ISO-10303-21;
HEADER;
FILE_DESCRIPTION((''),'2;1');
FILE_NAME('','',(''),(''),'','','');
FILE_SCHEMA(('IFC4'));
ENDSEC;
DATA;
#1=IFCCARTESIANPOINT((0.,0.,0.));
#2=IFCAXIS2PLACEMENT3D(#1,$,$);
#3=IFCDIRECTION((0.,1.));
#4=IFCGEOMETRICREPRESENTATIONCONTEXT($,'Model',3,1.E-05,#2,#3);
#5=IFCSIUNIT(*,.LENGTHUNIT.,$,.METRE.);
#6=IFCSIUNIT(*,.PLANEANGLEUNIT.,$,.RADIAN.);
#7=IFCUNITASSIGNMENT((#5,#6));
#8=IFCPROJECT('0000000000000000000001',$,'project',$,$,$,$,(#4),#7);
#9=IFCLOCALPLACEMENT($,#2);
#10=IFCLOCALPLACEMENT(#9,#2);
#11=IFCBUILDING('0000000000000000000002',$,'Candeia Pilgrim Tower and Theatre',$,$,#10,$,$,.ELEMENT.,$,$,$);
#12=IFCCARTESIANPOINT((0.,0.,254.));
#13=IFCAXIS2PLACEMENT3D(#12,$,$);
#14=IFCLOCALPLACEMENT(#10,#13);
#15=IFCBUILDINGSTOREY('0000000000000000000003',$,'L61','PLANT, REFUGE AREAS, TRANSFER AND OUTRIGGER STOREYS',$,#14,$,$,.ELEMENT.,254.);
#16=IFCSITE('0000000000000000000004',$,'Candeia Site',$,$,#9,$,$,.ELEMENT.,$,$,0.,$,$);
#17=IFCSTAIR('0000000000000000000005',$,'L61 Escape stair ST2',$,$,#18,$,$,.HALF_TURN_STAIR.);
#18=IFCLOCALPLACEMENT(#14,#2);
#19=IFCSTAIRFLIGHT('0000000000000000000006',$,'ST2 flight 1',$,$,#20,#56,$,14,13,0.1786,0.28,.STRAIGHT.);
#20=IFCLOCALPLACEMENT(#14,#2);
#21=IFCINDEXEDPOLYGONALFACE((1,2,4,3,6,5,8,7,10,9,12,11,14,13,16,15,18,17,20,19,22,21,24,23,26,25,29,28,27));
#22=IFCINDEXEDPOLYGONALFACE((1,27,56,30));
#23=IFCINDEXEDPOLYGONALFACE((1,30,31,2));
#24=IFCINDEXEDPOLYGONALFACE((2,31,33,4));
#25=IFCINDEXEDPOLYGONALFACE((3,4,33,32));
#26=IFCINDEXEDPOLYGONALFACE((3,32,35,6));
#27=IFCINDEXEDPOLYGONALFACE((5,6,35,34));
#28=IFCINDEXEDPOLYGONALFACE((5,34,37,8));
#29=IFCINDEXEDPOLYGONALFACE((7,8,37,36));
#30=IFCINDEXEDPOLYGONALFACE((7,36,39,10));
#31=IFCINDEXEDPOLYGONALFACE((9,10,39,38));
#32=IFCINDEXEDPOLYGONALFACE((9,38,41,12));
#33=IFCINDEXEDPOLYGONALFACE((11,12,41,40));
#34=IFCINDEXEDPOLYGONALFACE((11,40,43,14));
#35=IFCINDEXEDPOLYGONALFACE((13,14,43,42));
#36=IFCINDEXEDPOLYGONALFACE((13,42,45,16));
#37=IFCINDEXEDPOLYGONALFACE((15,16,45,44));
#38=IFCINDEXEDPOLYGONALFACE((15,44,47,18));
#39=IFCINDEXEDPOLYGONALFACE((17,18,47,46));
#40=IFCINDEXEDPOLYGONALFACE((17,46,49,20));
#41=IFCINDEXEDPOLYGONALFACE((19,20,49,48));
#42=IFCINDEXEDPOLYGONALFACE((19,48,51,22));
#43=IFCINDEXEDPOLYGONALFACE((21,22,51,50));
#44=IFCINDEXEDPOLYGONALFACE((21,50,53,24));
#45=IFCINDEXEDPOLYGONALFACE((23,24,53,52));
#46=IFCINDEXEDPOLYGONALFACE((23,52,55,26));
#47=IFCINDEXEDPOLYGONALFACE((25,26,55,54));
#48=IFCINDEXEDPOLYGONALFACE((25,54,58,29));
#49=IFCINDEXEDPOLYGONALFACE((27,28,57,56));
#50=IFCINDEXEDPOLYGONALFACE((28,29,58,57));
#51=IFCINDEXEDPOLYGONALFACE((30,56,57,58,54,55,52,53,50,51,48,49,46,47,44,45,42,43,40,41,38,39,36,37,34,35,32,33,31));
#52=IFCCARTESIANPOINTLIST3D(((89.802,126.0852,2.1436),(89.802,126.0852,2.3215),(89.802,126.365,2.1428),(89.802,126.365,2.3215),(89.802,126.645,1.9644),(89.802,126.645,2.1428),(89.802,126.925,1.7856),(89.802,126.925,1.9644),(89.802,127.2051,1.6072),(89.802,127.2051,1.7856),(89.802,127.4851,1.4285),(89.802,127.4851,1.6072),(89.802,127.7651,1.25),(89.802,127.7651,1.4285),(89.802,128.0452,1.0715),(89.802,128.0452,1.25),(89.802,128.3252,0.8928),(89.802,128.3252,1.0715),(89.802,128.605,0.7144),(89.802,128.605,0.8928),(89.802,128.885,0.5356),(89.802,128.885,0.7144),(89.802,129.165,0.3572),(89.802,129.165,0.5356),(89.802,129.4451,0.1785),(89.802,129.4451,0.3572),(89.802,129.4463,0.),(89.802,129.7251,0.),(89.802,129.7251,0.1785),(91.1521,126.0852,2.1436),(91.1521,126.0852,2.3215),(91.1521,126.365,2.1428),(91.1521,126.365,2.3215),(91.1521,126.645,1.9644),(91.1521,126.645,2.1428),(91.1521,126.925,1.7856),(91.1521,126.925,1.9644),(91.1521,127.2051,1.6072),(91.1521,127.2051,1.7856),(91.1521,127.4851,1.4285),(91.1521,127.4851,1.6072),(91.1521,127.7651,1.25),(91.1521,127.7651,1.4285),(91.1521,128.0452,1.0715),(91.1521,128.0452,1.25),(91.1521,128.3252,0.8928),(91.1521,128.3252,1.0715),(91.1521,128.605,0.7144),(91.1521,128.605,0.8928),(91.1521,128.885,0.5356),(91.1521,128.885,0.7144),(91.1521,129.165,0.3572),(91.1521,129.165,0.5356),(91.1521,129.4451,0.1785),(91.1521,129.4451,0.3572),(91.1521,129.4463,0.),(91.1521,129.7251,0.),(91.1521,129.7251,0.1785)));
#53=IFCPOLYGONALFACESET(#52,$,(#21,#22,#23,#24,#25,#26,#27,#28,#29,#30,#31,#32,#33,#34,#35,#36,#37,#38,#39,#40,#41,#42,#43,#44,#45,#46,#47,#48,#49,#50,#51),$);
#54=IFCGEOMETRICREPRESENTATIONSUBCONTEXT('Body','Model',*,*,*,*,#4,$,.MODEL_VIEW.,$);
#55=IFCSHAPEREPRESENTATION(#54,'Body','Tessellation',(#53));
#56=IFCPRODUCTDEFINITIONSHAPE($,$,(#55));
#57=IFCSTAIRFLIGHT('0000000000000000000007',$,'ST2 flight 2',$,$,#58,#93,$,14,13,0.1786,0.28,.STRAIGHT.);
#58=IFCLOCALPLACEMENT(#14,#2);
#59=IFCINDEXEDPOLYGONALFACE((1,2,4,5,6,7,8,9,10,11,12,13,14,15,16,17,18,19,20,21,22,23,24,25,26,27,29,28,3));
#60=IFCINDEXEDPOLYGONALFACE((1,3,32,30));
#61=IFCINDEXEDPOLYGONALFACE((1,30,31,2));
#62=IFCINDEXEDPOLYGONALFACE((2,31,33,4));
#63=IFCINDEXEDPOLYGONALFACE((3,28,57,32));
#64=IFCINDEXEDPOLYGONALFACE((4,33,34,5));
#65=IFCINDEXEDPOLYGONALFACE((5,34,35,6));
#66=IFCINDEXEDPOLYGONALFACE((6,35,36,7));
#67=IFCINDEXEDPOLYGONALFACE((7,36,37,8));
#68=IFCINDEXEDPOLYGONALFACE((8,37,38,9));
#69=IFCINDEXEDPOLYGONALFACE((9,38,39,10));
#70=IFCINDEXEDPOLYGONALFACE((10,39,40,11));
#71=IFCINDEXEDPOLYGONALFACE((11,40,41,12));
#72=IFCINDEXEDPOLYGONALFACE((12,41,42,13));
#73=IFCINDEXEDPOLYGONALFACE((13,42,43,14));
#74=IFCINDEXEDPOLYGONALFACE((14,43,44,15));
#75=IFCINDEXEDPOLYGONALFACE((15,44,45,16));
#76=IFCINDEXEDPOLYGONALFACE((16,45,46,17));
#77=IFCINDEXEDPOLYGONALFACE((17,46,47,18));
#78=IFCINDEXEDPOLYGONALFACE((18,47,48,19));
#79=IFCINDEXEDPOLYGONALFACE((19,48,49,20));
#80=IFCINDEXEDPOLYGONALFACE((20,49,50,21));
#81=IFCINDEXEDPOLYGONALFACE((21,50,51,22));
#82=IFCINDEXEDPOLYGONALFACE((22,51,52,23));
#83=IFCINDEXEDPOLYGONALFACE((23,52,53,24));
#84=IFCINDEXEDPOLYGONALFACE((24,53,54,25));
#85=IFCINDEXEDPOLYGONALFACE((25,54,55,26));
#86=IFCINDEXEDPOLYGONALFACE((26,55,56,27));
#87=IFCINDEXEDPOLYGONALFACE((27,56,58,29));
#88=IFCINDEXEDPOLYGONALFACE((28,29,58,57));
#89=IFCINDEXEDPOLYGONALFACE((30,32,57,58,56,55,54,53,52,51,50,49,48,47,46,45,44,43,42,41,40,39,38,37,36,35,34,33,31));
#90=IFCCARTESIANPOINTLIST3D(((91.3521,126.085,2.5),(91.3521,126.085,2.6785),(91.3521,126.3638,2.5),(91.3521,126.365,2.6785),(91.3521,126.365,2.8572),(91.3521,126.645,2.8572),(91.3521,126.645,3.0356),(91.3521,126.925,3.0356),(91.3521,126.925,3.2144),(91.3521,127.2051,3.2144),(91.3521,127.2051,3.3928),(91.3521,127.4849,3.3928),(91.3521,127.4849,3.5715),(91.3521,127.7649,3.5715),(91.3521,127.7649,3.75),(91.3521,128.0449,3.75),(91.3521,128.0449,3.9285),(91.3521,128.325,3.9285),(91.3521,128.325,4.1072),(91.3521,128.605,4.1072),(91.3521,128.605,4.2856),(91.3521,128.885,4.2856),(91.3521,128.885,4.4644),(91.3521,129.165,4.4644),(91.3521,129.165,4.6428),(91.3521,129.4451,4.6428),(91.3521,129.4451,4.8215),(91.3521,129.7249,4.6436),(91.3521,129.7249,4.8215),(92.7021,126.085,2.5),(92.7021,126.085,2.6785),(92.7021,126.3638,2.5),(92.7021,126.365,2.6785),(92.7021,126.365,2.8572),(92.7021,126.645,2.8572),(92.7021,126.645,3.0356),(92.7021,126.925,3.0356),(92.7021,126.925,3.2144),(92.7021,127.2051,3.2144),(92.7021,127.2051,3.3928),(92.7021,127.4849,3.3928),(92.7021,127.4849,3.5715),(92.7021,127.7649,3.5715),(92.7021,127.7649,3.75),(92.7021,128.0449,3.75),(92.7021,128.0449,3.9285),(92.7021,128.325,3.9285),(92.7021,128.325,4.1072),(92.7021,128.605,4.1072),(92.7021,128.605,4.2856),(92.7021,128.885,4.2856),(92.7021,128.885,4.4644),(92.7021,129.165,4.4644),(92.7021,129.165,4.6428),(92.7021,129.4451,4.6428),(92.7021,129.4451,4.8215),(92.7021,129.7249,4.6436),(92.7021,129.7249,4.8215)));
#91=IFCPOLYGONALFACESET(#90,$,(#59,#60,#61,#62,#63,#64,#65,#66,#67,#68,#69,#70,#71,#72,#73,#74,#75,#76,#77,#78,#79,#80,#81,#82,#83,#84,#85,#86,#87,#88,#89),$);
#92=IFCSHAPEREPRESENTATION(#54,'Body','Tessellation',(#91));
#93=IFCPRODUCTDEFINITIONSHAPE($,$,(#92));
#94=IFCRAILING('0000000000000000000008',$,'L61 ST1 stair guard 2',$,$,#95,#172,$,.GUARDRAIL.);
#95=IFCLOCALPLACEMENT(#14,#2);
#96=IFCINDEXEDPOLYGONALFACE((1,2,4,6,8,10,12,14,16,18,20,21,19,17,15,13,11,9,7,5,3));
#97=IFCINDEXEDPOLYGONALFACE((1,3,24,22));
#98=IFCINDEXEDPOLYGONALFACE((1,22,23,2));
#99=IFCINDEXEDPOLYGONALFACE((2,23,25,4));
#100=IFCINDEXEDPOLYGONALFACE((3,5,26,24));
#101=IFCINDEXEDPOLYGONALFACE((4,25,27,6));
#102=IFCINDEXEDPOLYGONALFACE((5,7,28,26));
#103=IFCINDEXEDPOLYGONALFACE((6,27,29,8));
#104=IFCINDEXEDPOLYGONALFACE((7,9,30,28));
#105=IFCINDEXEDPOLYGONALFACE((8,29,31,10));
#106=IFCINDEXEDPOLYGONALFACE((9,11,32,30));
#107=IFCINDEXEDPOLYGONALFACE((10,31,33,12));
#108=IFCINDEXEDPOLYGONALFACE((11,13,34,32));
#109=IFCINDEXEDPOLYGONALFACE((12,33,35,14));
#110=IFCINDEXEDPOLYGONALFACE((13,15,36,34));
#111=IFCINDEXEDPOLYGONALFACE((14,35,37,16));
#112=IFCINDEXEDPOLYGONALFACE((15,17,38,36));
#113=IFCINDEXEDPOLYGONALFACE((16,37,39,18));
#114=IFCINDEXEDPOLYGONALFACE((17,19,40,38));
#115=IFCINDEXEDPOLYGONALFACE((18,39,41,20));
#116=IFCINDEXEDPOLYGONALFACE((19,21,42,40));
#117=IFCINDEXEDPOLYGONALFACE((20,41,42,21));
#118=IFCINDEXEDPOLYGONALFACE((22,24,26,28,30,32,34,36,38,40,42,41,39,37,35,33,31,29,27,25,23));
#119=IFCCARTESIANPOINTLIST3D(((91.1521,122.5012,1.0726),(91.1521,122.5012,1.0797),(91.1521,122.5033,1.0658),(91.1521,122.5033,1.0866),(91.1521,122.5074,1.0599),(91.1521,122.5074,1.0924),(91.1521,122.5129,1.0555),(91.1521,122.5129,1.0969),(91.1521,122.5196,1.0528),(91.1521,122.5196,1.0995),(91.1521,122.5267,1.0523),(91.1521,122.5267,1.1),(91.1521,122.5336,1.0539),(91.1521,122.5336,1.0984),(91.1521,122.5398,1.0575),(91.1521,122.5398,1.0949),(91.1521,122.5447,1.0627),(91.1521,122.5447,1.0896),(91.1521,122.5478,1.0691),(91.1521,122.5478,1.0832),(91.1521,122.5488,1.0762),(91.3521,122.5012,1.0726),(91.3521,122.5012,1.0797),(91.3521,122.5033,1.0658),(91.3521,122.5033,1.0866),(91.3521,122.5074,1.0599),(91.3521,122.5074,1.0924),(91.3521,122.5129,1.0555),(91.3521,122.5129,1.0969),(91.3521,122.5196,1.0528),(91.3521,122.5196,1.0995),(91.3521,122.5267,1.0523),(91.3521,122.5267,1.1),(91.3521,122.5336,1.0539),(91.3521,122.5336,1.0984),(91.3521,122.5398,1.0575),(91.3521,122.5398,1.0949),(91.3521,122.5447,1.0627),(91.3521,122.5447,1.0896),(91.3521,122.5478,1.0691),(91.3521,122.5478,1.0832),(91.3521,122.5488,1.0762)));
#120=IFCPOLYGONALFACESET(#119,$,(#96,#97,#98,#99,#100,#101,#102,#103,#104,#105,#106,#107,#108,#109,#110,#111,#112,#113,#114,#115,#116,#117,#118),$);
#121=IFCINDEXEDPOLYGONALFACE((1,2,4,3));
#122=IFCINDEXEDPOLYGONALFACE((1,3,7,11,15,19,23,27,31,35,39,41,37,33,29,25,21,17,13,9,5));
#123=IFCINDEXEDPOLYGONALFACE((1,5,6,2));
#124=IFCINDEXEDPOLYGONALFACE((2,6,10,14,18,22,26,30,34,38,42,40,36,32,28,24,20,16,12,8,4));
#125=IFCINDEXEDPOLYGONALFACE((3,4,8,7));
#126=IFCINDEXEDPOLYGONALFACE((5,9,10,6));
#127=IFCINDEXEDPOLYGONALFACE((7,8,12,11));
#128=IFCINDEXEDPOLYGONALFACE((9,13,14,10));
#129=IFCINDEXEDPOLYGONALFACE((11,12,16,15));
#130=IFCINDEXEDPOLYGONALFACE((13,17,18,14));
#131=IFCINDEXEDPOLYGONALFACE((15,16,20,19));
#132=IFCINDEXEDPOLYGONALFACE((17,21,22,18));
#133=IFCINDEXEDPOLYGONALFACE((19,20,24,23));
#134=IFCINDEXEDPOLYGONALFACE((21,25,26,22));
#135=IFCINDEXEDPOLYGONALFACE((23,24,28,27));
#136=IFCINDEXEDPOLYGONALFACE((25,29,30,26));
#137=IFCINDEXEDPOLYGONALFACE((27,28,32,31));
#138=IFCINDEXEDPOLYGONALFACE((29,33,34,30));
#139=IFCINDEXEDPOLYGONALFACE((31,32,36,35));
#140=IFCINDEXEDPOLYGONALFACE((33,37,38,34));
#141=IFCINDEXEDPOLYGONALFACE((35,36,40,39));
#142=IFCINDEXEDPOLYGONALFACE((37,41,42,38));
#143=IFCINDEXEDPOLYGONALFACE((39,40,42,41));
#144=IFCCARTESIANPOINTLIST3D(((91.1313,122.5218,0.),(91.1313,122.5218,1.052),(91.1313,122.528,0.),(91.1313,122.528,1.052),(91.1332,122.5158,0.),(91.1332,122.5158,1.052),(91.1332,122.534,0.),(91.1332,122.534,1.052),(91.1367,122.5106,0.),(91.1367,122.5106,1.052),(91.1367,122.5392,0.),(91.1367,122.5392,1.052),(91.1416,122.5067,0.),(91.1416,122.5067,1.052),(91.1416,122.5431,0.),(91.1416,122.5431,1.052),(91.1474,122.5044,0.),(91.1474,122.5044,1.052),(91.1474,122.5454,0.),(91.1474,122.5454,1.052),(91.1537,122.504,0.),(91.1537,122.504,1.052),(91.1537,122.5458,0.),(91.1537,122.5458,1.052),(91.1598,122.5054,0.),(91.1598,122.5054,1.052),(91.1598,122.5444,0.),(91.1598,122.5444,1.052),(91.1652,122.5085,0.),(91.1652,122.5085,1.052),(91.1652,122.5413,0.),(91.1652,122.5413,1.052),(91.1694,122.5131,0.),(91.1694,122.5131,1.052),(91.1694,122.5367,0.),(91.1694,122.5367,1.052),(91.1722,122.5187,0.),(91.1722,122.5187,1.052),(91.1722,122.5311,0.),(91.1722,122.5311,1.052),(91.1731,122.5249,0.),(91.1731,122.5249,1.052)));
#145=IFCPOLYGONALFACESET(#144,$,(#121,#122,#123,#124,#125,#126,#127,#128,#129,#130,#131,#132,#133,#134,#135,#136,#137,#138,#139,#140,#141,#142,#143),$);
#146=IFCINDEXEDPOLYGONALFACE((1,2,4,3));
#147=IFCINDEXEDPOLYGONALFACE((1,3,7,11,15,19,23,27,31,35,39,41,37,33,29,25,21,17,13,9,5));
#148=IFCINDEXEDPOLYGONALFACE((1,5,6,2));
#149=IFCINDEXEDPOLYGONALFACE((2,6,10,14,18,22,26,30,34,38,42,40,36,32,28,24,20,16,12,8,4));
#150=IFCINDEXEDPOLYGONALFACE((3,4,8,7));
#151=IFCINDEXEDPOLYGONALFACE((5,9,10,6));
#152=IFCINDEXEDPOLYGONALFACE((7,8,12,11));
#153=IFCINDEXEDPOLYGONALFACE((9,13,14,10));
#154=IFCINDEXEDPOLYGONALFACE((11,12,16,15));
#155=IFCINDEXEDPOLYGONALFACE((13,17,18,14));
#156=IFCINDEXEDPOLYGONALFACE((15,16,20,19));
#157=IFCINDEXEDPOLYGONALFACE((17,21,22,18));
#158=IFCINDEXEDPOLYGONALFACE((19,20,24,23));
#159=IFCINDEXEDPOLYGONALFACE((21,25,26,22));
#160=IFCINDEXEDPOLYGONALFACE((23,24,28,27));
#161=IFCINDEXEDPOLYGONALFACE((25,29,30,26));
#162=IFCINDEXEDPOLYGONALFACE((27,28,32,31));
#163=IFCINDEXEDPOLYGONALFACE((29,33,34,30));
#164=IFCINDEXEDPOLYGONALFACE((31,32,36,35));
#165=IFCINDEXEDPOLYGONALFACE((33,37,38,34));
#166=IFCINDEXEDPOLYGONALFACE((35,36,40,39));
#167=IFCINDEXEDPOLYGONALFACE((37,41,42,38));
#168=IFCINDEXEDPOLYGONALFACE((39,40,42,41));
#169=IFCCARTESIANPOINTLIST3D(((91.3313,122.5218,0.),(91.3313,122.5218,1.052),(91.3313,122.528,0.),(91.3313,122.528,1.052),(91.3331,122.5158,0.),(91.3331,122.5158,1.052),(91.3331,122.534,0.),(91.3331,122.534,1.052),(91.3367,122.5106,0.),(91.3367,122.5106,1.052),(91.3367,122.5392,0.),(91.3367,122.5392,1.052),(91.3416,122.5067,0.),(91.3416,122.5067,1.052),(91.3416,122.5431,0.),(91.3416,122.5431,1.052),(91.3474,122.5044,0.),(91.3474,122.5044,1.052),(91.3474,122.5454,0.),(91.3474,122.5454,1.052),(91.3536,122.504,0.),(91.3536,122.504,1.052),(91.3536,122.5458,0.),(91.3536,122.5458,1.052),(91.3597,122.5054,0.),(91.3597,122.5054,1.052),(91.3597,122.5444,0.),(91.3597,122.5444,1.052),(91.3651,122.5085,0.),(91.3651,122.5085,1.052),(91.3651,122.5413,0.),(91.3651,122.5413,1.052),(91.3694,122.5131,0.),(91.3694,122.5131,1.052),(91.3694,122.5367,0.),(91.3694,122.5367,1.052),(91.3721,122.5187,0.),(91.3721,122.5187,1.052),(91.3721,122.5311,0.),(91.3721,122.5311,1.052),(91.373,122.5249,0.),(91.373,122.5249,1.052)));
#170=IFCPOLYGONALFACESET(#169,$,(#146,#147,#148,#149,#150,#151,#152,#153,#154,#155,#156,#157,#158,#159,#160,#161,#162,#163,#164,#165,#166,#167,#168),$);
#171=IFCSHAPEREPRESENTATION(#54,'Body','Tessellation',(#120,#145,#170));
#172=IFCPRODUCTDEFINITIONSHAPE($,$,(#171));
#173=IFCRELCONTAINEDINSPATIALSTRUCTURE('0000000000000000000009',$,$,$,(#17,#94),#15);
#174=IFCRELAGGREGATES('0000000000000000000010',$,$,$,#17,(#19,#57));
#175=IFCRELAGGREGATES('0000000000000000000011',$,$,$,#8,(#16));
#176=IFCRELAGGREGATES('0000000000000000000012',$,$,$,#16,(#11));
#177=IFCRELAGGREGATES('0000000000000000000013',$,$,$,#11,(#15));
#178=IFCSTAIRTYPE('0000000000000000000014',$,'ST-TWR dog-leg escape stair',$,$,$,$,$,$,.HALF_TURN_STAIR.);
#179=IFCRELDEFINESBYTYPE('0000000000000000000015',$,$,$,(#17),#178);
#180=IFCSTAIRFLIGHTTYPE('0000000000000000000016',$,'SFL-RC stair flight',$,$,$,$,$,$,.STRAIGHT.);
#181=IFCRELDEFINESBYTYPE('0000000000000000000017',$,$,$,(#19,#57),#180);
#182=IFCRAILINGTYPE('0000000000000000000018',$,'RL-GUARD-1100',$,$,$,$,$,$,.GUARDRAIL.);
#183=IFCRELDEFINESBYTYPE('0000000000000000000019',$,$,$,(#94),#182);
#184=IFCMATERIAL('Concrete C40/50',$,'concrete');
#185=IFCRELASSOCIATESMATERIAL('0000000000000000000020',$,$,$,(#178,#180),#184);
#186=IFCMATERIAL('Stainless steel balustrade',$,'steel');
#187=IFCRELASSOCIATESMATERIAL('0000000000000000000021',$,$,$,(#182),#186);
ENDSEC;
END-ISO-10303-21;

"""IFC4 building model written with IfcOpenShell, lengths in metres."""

from ifc_helpers import new_model, si_unit, direction, frame, origin, origin_2d, place, context, subcontext, project, spatial, polyline, circle, outline, extrude, material, type_object, element, aggregate, save


model = new_model("IFC4")

# Units and contexts
model_context = context("Model", 3, precision=1e-05, world=origin(), true_north=direction((0.0, 1.0)))
body_context = subcontext(model_context, "Body", "Model", "MODEL_VIEW")
ifc_project = project(units=[si_unit("LENGTHUNIT", "METRE"), si_unit("PLANEANGLEUNIT", "RADIAN")], contexts=[model_context])

# Site, building, storey
site_placement = place(None, origin())
site = spatial("IfcSite", under=ifc_project, at=site_placement, Name="Candeia Site", CompositionType="ELEMENT", RefElevation=0.0)
building_placement = place(site_placement, origin())
building = spatial("IfcBuilding", under=site, at=building_placement, Name="Candeia Pilgrim Tower and Theatre", CompositionType="ELEMENT")
storey_placement = place(building_placement, frame((0.0, 0.0, 254.0)))
storey = spatial("IfcBuildingStorey", under=building, at=storey_placement, Name="L61", Description="PLANT, REFUGE AREAS, TRANSFER AND OUTRIGGER STOREYS", CompositionType="ELEMENT", Elevation=254.0)

# Shared definitions
ifc_material_1 = material(Name="Concrete C40/50", Category="concrete")

# Stair, stair flights
stair_type = type_object("IfcStairType", Name="ST-TWR dog-leg escape stair", PredefinedType="HALF_TURN_STAIR", material=ifc_material_1)
stair_flight_type = type_object("IfcStairFlightType", Name="SFL-RC stair flight", PredefinedType="STRAIGHT", material=ifc_material_1)
stair_1_placement = place(storey_placement, origin())
stair_1 = element("IfcStair", 1, at=stair_1_placement, inside=storey, type_object=stair_type, Name="L61 Escape stair ST2", PredefinedType="HALF_TURN_STAIR")
stair_flight_1_placement = place(storey_placement, frame((90.4771, 129.7251, 0.0), z_axis=(0.0, 0.0, 1.0), x_axis=(0.0, -1.0, 0.0)))
stair_flight_1 = element("IfcStairFlight", 2, at=stair_flight_1_placement, type_object=stair_flight_type, Name="ST2 flight 1", NumberOfRisers=14, NumberOfTreads=13, PredefinedType="STRAIGHT", RiserHeight=0.1786, TreadLength=0.28, context=body_context, shape_type="SweptSolid", body=[
    extrude(outline(polyline([(0.0, 0.0), (0.0, 0.1785), (0.28, 0.1785), (0.28, 0.3572), (0.5601, 0.3572), (0.5601, 0.5356), (0.8401, 0.5356), (0.8401, 0.7144), (1.1201, 0.7144), (1.1201, 0.8928), (1.3999, 0.8928), (1.3999, 1.0715), (1.6799, 1.0715), (1.6799, 1.25), (1.96, 1.25), (1.96, 1.4285), (2.24, 1.4285), (2.24, 1.6072), (2.52, 1.6072), (2.52, 1.7856), (2.8, 1.7856), (2.8, 1.9644), (3.0801, 1.9644), (3.0801, 2.1428), (3.3601, 2.1428), (3.3601, 2.3215), (3.6399, 2.3215), (3.6399, 2.5), (3.6399, 2.1436), (0.2788, 0.0), (0.0, 0.0)])), frame((0.0, 0.675, 0.0), z_axis=(0.0, -1.0, 0.0), x_axis=(1.0, 0.0, 0.0)), (0.0, 0.0, 1.0), 1.3501),
])
stair_flight_2_placement = place(storey_placement, frame((92.0271, 126.085, 2.5), z_axis=(0.0, 0.0, 1.0), x_axis=(0.0, 1.0, 0.0)))
stair_flight_2 = element("IfcStairFlight", 3, at=stair_flight_2_placement, type_object=stair_flight_type, Name="ST2 flight 2", NumberOfRisers=14, NumberOfTreads=13, PredefinedType="STRAIGHT", RiserHeight=0.1786, TreadLength=0.28, context=body_context, shape_type="SweptSolid", body=[
    extrude(outline(polyline([(0.0, 0.0), (0.0, 0.1785), (0.28, 0.1785), (0.28, 0.3572), (0.5601, 0.3572), (0.5601, 0.5356), (0.8401, 0.5356), (0.8401, 0.7144), (1.1201, 0.7144), (1.1201, 0.8928), (1.3999, 0.8928), (1.3999, 1.0715), (1.6799, 1.0715), (1.6799, 1.25), (1.96, 1.25), (1.96, 1.4285), (2.24, 1.4285), (2.24, 1.6072), (2.52, 1.6072), (2.52, 1.7856), (2.8, 1.7856), (2.8, 1.9644), (3.0801, 1.9644), (3.0801, 2.1428), (3.3601, 2.1428), (3.3601, 2.3215), (3.6399, 2.3215), (3.6399, 2.5), (3.6399, 2.1436), (0.2788, 0.0), (0.0, 0.0)])), frame((0.0, 0.675, 0.0), z_axis=(0.0, -1.0, 0.0), x_axis=(1.0, 0.0, 0.0)), (0.0, 0.0, 1.0), 1.3501),
])
aggregate(stair_1, [stair_flight_1, stair_flight_2])

# Railing
ifc_material_2 = material(Name="Stainless steel balustrade", Category="steel")
railing_type_1 = type_object("IfcRailingType", Name="RL-GUARD-1100", PredefinedType="GUARDRAIL", material=ifc_material_2)
railing_1_placement = place(storey_placement, frame((91.1521, 122.5249, 0.0)))
element("IfcRailing", 4, at=railing_1_placement, inside=storey, type_object=railing_type_1, Name="L61 ST1 stair guard 2", PredefinedType="GUARDRAIL", context=body_context, shape_type="SweptSolid", body=[
    extrude(circle(Radius=0.0239, at=origin_2d()), frame((0.0, 0.0, 1.0762), z_axis=(1.0, 0.0, 0.0), x_axis=(0.0, 1.0, 0.0)), (0.0, 0.0, 1.0), 0.2),
    extrude(circle(Radius=0.021, at=origin_2d()), origin(), (0.0, 0.0, 1.0), 1.052),
    extrude(circle(Radius=0.021, at=origin_2d()), frame((0.2, 0.0, 0.0)), (0.0, 0.0, 1.0), 1.052),
])

save(model, "model.ifc")
